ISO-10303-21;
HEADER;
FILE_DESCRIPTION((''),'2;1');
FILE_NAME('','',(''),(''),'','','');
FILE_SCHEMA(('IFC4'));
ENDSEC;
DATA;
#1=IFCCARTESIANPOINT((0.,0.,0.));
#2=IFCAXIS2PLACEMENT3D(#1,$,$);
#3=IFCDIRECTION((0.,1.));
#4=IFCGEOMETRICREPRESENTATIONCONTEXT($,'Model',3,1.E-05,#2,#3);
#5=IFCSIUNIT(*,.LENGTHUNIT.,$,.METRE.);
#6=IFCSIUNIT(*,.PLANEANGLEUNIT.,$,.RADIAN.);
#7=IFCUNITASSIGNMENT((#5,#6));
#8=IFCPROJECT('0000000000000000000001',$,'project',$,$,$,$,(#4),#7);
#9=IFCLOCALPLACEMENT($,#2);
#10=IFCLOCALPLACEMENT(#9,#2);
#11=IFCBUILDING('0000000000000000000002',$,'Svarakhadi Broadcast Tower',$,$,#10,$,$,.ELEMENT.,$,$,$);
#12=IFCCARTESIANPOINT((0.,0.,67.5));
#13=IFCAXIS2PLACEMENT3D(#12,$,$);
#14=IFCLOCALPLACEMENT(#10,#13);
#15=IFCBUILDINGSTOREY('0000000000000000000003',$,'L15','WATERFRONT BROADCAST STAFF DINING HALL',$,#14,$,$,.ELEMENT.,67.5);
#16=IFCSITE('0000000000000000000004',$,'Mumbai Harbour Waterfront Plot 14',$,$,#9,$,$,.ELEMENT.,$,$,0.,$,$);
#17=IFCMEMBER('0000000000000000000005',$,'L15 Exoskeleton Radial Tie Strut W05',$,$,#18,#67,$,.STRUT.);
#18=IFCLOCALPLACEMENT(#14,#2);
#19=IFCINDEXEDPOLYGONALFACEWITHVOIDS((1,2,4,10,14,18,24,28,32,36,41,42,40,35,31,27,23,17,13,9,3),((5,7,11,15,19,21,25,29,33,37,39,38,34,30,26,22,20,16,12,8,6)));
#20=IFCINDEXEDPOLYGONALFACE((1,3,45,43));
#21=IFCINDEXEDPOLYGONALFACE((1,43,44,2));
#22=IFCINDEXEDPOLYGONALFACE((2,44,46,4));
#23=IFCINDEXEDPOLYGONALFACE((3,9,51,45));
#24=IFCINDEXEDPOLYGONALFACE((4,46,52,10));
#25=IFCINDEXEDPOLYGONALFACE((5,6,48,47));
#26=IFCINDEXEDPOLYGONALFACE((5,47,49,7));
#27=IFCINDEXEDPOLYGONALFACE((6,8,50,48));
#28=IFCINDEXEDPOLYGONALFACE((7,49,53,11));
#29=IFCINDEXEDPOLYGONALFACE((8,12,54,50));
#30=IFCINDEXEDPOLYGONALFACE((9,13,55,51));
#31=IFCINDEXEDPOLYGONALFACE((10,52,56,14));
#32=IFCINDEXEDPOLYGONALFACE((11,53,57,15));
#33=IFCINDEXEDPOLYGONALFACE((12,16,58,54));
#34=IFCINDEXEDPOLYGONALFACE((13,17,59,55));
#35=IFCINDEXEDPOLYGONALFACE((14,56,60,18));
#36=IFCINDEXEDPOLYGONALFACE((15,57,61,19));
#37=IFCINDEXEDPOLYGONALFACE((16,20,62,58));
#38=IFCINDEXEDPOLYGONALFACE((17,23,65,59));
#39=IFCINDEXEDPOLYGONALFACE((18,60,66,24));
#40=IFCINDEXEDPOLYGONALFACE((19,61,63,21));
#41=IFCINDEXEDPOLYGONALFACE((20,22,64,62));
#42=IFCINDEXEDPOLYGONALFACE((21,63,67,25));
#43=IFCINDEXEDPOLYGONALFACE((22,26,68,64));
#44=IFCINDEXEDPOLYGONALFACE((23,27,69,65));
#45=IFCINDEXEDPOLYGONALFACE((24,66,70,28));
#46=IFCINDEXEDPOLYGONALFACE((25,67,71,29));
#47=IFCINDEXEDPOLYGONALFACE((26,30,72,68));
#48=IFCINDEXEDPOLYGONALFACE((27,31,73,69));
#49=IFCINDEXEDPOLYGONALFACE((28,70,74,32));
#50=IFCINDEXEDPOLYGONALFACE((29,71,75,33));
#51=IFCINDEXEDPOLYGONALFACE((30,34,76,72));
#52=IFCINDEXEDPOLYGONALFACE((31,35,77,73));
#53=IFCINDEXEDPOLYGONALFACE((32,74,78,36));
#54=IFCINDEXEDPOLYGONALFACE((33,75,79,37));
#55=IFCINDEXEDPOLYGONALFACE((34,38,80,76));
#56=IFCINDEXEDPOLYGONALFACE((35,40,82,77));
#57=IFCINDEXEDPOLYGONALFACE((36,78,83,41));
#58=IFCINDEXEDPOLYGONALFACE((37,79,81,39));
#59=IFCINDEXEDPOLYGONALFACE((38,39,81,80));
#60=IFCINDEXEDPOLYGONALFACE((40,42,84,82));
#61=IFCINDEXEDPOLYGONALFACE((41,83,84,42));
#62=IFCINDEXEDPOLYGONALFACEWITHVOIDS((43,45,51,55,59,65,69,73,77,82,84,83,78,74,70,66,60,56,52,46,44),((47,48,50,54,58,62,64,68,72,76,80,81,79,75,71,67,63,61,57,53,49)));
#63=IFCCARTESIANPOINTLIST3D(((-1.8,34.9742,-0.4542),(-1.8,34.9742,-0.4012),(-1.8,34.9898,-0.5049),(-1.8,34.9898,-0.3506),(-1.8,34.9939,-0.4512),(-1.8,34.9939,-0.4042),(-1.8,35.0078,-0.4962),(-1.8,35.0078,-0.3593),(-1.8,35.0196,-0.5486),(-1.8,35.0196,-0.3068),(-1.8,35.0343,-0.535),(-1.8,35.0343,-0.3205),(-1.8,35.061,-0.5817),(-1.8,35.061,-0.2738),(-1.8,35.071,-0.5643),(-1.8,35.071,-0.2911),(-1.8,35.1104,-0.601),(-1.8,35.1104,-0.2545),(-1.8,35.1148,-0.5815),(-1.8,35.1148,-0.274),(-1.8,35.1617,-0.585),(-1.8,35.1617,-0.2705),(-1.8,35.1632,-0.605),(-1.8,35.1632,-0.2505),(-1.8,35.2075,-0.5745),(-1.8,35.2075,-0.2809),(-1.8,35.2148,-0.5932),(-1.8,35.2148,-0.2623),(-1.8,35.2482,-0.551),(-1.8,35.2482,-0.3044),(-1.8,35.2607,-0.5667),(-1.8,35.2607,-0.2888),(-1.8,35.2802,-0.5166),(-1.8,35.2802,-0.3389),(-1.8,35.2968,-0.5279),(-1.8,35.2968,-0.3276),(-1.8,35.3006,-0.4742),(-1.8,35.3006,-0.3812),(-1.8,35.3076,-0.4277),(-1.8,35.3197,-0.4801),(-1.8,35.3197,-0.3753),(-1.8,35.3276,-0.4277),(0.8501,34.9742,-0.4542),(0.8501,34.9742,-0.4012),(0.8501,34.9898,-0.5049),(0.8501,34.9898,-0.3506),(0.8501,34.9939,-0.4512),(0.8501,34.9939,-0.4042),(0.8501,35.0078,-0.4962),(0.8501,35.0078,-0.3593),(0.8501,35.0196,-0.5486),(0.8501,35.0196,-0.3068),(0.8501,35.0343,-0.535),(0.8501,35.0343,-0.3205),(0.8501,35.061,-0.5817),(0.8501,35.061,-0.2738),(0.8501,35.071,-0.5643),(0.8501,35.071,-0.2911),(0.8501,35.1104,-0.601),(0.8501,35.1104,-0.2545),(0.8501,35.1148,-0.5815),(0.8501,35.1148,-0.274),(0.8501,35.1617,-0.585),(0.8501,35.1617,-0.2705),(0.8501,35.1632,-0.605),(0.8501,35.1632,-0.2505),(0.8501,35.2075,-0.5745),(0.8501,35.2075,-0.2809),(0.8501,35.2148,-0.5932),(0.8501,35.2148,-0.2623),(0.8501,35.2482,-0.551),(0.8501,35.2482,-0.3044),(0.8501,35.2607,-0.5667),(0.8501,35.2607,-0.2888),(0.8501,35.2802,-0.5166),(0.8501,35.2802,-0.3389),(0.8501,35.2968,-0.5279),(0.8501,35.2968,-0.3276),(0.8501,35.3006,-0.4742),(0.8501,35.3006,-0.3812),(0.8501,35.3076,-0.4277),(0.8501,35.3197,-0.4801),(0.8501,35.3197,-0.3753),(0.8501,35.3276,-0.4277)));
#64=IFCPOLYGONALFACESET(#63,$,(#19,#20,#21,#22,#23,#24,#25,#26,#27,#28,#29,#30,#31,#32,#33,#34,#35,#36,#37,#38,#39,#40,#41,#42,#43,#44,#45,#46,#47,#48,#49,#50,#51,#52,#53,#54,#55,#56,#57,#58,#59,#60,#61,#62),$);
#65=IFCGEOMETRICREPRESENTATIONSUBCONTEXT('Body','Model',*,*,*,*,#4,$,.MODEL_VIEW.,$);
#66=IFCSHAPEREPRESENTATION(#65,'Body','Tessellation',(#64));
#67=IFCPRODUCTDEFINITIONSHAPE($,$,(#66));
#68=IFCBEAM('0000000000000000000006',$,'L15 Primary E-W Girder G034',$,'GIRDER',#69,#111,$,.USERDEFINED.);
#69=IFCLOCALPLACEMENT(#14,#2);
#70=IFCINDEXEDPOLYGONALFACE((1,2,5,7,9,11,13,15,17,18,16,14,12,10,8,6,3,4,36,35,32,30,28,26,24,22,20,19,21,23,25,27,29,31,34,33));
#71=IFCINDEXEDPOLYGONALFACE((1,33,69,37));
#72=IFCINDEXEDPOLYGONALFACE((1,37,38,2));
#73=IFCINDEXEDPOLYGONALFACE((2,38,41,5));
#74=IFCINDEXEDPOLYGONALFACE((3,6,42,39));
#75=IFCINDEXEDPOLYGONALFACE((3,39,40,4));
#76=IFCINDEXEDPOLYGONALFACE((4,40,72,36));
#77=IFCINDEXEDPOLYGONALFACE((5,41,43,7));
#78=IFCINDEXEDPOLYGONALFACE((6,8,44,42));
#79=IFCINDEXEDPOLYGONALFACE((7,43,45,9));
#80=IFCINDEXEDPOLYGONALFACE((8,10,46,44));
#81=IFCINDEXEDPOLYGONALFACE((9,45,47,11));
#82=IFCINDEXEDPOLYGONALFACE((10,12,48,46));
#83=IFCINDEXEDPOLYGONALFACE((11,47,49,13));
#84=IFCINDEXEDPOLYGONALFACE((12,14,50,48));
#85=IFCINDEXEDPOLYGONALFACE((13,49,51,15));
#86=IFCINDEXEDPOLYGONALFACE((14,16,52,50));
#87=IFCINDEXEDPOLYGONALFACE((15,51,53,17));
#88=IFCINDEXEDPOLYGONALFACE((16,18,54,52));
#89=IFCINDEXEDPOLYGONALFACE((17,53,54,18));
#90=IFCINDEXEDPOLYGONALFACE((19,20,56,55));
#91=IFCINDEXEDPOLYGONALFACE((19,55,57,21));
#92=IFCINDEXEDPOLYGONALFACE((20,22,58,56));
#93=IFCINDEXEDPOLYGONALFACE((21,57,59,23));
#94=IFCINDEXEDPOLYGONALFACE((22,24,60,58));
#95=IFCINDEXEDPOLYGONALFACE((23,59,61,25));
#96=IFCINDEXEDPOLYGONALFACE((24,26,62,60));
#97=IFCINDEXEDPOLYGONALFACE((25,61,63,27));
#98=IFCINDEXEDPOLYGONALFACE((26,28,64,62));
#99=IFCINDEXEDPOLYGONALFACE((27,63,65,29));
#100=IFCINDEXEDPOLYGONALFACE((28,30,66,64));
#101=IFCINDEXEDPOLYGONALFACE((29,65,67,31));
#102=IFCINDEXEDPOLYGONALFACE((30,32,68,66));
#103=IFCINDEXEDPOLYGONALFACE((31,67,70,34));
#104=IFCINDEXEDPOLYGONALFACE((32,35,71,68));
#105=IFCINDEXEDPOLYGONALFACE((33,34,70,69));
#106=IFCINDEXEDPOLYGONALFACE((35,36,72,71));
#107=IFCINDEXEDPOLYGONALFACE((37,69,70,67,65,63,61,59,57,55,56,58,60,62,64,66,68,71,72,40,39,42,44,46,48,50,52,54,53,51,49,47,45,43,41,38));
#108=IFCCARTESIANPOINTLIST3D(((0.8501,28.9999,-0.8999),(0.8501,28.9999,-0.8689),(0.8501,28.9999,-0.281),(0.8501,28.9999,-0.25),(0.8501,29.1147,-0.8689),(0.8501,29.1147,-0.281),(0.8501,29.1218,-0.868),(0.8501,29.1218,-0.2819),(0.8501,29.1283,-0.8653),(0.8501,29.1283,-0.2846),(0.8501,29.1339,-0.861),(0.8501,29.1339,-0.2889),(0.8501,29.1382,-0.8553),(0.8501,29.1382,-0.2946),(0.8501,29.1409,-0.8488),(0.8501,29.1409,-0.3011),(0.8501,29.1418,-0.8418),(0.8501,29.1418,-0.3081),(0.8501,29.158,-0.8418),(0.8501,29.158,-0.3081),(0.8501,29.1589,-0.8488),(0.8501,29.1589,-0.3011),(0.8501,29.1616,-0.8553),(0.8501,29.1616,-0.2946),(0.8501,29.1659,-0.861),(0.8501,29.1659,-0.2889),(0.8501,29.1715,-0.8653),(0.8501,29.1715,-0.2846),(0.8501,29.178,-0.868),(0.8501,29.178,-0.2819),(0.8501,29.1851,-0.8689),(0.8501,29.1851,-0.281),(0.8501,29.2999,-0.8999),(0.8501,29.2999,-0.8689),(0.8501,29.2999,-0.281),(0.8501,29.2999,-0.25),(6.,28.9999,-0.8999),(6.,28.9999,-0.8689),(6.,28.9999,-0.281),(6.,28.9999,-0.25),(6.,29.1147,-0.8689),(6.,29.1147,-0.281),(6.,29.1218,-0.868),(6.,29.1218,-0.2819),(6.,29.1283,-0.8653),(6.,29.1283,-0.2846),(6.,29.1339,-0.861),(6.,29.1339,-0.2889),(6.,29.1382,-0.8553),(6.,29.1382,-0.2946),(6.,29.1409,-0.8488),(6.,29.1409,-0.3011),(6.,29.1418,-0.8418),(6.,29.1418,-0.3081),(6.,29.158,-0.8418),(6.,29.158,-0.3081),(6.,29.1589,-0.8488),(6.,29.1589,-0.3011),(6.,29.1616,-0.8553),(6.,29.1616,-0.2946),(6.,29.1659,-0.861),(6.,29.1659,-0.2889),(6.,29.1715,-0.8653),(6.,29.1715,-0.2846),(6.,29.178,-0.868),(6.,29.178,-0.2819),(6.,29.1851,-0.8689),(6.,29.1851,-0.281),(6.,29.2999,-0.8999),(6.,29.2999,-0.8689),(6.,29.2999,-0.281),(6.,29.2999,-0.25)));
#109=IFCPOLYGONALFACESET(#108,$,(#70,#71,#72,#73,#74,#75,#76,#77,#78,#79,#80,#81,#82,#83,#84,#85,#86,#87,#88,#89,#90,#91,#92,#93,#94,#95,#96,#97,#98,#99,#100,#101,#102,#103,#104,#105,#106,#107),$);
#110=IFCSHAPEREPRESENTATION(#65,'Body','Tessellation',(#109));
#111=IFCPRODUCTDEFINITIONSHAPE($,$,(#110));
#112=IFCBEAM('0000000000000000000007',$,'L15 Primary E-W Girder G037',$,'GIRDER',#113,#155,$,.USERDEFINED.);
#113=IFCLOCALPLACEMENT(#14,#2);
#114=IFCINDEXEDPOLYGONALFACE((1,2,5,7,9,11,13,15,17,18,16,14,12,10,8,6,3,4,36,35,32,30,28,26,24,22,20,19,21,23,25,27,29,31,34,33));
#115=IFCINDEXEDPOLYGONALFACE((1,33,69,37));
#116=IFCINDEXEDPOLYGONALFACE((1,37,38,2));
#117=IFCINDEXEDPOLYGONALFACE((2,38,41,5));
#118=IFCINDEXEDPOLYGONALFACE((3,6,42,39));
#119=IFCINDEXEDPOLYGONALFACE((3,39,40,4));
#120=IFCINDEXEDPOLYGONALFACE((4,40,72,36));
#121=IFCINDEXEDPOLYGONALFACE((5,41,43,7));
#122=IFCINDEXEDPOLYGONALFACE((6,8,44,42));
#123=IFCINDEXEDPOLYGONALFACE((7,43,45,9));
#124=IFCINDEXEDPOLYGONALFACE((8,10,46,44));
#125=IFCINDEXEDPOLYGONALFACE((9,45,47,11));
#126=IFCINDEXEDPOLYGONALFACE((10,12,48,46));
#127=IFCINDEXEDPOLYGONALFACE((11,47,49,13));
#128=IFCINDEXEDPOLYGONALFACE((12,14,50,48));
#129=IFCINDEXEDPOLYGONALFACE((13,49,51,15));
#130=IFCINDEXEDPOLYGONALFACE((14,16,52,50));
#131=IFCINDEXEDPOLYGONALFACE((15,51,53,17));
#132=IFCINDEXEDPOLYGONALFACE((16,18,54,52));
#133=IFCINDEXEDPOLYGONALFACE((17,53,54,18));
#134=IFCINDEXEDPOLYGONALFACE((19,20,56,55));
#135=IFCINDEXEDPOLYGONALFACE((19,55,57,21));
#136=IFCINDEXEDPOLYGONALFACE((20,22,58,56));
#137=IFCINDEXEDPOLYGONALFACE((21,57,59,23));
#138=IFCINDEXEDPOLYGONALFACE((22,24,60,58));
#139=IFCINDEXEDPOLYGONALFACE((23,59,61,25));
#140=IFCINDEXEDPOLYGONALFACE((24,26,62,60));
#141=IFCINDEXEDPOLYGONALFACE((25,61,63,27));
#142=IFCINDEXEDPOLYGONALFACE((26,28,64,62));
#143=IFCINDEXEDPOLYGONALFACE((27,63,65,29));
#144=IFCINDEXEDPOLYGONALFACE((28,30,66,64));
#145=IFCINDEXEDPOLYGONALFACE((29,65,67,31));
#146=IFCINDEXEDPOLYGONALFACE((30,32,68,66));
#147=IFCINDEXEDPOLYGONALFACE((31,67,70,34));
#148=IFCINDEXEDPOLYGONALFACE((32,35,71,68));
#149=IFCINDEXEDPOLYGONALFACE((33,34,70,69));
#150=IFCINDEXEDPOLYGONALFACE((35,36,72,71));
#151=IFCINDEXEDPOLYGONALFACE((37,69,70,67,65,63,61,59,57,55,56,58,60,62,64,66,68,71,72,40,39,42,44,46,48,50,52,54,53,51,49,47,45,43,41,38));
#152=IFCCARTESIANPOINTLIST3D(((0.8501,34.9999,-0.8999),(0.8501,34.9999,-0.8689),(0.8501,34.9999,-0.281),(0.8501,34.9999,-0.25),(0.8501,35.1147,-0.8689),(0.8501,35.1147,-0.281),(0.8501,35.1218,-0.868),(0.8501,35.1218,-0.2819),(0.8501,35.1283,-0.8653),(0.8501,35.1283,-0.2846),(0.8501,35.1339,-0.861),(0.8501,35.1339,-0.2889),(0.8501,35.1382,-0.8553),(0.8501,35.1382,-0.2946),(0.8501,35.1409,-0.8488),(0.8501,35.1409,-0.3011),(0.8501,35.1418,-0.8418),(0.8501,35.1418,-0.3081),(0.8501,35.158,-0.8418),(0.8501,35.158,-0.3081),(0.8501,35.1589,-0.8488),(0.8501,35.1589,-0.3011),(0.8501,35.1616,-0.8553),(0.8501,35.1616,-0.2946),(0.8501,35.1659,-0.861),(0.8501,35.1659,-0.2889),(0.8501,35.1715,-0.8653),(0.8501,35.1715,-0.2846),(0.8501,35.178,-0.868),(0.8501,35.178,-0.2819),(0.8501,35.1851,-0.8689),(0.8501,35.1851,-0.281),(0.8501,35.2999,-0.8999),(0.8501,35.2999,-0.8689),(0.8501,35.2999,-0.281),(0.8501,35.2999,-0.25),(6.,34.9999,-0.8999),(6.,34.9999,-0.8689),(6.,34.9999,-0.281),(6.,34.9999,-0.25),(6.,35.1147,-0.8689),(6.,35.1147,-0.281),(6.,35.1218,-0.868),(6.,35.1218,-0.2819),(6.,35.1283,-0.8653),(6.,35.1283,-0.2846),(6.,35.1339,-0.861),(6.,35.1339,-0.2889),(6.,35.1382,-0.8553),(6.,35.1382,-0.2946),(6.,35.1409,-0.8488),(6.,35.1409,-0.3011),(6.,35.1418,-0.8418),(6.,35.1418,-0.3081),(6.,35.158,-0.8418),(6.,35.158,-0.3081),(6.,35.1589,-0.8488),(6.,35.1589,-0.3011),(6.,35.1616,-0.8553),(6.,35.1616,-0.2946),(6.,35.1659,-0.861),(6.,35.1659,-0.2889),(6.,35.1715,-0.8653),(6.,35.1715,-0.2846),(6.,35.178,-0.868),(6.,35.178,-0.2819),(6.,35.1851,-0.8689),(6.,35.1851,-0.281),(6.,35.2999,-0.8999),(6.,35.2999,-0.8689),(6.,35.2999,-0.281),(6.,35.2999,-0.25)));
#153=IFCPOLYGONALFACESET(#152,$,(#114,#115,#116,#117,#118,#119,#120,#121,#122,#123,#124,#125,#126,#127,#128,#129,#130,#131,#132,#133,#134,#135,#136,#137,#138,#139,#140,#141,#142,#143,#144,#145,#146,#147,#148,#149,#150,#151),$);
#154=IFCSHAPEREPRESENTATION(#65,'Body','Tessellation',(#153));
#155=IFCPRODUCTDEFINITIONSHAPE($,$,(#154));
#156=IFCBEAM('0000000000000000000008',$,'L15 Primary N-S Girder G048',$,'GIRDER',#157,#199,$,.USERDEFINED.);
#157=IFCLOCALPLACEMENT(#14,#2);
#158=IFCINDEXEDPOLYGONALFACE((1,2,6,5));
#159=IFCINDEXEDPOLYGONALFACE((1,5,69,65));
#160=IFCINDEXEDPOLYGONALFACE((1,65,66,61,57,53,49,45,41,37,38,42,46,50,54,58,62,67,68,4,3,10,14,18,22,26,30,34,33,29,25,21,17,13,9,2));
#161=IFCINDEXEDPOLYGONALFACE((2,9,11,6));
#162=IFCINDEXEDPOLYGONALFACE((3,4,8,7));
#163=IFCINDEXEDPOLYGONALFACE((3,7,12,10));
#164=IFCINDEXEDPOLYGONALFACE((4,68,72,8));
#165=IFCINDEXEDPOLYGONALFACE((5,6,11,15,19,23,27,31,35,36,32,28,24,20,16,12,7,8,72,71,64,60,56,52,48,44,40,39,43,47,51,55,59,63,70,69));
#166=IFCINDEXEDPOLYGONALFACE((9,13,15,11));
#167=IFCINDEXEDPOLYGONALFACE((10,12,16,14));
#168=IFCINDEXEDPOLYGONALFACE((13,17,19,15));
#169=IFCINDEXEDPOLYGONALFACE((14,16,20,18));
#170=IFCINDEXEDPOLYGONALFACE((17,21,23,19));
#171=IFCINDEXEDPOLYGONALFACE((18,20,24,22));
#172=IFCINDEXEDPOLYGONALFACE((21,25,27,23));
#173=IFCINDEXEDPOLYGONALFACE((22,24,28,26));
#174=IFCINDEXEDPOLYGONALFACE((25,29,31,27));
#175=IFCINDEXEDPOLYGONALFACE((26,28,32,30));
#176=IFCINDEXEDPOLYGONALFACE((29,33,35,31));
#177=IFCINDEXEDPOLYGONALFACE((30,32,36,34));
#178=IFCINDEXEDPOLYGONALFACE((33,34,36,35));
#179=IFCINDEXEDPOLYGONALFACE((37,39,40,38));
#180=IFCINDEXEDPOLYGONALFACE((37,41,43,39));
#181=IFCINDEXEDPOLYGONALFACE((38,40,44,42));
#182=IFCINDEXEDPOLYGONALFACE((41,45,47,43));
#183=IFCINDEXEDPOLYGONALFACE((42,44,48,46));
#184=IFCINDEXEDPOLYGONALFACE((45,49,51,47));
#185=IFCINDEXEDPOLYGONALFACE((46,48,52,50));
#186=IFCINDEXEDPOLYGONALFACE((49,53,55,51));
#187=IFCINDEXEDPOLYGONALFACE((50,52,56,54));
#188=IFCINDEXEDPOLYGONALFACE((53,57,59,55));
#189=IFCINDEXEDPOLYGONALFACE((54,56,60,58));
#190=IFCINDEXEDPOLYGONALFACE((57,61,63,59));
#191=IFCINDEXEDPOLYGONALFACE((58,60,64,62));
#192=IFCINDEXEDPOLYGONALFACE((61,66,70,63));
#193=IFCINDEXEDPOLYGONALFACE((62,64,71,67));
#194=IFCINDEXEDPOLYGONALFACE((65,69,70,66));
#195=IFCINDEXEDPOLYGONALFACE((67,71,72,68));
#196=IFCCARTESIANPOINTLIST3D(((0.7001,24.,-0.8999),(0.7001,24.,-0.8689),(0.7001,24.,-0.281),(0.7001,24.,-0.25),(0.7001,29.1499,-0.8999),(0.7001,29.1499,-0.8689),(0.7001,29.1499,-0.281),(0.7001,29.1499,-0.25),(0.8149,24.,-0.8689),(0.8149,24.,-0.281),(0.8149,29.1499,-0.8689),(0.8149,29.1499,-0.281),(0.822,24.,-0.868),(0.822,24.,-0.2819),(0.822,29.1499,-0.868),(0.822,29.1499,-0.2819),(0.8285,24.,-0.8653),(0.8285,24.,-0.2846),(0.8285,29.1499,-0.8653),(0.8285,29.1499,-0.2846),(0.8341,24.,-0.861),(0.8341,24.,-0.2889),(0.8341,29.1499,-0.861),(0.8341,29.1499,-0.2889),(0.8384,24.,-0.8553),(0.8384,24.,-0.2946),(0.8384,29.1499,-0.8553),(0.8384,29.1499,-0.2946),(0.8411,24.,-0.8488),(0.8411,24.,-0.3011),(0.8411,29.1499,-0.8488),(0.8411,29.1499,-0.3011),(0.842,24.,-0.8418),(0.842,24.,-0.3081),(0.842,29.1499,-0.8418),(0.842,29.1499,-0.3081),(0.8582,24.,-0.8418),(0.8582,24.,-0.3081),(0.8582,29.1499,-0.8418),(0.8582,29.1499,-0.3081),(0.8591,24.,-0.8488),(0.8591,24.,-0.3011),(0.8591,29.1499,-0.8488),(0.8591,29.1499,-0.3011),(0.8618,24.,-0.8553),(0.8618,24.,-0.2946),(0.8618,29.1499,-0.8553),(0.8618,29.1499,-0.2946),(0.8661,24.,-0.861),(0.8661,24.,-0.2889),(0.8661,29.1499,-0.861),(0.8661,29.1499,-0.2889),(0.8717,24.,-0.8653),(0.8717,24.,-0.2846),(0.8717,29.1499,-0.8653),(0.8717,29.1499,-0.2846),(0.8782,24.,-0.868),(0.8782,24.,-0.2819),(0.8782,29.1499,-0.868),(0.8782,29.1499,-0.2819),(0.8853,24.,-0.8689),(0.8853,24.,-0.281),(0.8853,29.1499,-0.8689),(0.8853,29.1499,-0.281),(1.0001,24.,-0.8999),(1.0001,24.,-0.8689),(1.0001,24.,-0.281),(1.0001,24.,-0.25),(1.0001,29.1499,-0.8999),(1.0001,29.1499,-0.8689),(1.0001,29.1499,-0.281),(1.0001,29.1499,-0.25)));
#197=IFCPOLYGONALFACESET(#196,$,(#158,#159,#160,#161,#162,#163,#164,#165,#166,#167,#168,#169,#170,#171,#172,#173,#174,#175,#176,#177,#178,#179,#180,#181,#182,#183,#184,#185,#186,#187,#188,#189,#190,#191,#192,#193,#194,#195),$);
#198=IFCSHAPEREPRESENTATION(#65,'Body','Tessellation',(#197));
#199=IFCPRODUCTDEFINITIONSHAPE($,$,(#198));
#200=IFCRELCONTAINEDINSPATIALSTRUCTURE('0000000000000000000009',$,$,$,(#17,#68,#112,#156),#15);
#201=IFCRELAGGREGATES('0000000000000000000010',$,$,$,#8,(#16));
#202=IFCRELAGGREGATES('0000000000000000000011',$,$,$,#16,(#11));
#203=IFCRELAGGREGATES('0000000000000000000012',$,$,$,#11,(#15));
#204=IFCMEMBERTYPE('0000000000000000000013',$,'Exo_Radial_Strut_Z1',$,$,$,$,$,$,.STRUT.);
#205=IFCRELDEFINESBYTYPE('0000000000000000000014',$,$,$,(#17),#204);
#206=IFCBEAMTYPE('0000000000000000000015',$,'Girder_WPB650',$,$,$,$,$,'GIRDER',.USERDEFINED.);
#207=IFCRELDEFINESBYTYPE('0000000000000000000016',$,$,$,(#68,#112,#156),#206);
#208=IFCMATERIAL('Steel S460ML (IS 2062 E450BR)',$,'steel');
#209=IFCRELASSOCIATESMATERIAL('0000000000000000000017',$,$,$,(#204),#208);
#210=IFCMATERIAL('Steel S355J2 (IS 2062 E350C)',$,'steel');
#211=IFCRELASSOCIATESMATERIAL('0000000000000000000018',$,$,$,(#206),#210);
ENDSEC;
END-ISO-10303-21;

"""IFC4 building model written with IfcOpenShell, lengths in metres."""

from ifc_helpers import new_model, si_unit, direction, frame, origin, origin_2d, place, context, subcontext, project, spatial, hollow_circle, i_section, extrude, material, material_profile, profile_set, type_object, element, save


model = new_model("IFC4")

# Units and contexts
model_context = context("Model", 3, precision=1e-05, world=origin(), true_north=direction((0.0, 1.0)))
body_context = subcontext(model_context, "Body", "Model", "MODEL_VIEW")
ifc_project = project(units=[si_unit("LENGTHUNIT", "METRE"), si_unit("PLANEANGLEUNIT", "RADIAN")], contexts=[model_context])

# Site, building, storey
site_placement = place(None, origin())
site = spatial("IfcSite", under=ifc_project, at=site_placement, Name="Mumbai Harbour Waterfront Plot 14", CompositionType="ELEMENT", RefElevation=0.0)
building_placement = place(site_placement, origin())
building = spatial("IfcBuilding", under=site, at=building_placement, Name="Svarakhadi Broadcast Tower", CompositionType="ELEMENT")
storey_placement = place(building_placement, frame((0.0, 0.0, 67.5)))
storey = spatial("IfcBuildingStorey", under=building, at=storey_placement, Name="L15", Description="WATERFRONT BROADCAST STAFF DINING HALL", CompositionType="ELEMENT", Elevation=67.5)

# Shared definitions
ifc_material_1 = material(Name="Steel S460ML (IS 2062 E450BR)", Category="steel")

# Shared definitions
ifc_material_2 = material(Name="Steel S355J2 (IS 2062 E350C)", Category="steel")

# Member
ifc_material_profile_1 = material_profile(ifc_material_1, hollow_circle(Radius=0.1777, WallThickness=0.02, at=origin_2d()), Name="CHS 355.6x20")
ifc_profile_set_1 = profile_set([ifc_material_profile_1], Name="Steel S460ML (IS 2062 E450BR)")
member_type_1 = type_object("IfcMemberType", Name="Exo_Radial_Strut_Z1", PredefinedType="STRUT", material=ifc_profile_set_1)
member_1_placement = place(storey_placement, frame((-1.8, 35.1499, -0.4277), z_axis=(1.0, 0.0, 0.0), x_axis=(0.0, 1.0, 0.0)))
element("IfcMember", 1, at=member_1_placement, inside=storey, type_object=member_type_1, Name="L15 Exoskeleton Radial Tie Strut W05", PredefinedType="STRUT", context=body_context, shape_type="SweptSolid", body=[
    extrude(hollow_circle(Radius=0.1777, WallThickness=0.02, at=origin_2d()), origin(), (0.0, 0.0, 1.0), 2.6501),
])

# Beams
ifc_material_profile_2 = material_profile(ifc_material_2, i_section(OverallWidth=0.3, OverallDepth=0.6499, WebThickness=0.0161, FlangeThickness=0.031, FilletRadius=0.0271, at=origin_2d()), Name="WPB 650x300x225")
ifc_profile_set_2 = profile_set([ifc_material_profile_2], Name="Steel S355J2 (IS 2062 E350C)")
beam_type_1 = type_object("IfcBeamType", Name="Girder_WPB650", ElementType="GIRDER", PredefinedType="USERDEFINED", material=ifc_profile_set_2)
for number, where, z_axis, x_axis, name in (
    (2, (0.8501, 29.1499, -0.575), (1.0, 0.0, 0.0), (0.0, 1.0, 0.0), "L15 Primary E-W Girder G034"),
    (3, (0.8501, 35.1499, -0.575), (1.0, 0.0, 0.0), (0.0, 1.0, 0.0), "L15 Primary E-W Girder G037"),
    (4, (0.8501, 24.0, -0.575), (0.0, 1.0, 0.0), (-1.0, 0.0, 0.0), "L15 Primary N-S Girder G048"),
):
    element("IfcBeam", number, at=place(storey_placement, frame(where, z_axis=z_axis, x_axis=x_axis)), inside=storey, type_object=beam_type_1, Name=name, ObjectType="GIRDER", PredefinedType="USERDEFINED", context=body_context, shape_type="SweptSolid", body=[
        extrude(i_section(OverallWidth=0.3, OverallDepth=0.6499, WebThickness=0.0161, FlangeThickness=0.031, FilletRadius=0.0271, at=origin_2d()), origin(), (0.0, 0.0, 1.0), 5.1499),
    ])

save(model, "model.ifc")
